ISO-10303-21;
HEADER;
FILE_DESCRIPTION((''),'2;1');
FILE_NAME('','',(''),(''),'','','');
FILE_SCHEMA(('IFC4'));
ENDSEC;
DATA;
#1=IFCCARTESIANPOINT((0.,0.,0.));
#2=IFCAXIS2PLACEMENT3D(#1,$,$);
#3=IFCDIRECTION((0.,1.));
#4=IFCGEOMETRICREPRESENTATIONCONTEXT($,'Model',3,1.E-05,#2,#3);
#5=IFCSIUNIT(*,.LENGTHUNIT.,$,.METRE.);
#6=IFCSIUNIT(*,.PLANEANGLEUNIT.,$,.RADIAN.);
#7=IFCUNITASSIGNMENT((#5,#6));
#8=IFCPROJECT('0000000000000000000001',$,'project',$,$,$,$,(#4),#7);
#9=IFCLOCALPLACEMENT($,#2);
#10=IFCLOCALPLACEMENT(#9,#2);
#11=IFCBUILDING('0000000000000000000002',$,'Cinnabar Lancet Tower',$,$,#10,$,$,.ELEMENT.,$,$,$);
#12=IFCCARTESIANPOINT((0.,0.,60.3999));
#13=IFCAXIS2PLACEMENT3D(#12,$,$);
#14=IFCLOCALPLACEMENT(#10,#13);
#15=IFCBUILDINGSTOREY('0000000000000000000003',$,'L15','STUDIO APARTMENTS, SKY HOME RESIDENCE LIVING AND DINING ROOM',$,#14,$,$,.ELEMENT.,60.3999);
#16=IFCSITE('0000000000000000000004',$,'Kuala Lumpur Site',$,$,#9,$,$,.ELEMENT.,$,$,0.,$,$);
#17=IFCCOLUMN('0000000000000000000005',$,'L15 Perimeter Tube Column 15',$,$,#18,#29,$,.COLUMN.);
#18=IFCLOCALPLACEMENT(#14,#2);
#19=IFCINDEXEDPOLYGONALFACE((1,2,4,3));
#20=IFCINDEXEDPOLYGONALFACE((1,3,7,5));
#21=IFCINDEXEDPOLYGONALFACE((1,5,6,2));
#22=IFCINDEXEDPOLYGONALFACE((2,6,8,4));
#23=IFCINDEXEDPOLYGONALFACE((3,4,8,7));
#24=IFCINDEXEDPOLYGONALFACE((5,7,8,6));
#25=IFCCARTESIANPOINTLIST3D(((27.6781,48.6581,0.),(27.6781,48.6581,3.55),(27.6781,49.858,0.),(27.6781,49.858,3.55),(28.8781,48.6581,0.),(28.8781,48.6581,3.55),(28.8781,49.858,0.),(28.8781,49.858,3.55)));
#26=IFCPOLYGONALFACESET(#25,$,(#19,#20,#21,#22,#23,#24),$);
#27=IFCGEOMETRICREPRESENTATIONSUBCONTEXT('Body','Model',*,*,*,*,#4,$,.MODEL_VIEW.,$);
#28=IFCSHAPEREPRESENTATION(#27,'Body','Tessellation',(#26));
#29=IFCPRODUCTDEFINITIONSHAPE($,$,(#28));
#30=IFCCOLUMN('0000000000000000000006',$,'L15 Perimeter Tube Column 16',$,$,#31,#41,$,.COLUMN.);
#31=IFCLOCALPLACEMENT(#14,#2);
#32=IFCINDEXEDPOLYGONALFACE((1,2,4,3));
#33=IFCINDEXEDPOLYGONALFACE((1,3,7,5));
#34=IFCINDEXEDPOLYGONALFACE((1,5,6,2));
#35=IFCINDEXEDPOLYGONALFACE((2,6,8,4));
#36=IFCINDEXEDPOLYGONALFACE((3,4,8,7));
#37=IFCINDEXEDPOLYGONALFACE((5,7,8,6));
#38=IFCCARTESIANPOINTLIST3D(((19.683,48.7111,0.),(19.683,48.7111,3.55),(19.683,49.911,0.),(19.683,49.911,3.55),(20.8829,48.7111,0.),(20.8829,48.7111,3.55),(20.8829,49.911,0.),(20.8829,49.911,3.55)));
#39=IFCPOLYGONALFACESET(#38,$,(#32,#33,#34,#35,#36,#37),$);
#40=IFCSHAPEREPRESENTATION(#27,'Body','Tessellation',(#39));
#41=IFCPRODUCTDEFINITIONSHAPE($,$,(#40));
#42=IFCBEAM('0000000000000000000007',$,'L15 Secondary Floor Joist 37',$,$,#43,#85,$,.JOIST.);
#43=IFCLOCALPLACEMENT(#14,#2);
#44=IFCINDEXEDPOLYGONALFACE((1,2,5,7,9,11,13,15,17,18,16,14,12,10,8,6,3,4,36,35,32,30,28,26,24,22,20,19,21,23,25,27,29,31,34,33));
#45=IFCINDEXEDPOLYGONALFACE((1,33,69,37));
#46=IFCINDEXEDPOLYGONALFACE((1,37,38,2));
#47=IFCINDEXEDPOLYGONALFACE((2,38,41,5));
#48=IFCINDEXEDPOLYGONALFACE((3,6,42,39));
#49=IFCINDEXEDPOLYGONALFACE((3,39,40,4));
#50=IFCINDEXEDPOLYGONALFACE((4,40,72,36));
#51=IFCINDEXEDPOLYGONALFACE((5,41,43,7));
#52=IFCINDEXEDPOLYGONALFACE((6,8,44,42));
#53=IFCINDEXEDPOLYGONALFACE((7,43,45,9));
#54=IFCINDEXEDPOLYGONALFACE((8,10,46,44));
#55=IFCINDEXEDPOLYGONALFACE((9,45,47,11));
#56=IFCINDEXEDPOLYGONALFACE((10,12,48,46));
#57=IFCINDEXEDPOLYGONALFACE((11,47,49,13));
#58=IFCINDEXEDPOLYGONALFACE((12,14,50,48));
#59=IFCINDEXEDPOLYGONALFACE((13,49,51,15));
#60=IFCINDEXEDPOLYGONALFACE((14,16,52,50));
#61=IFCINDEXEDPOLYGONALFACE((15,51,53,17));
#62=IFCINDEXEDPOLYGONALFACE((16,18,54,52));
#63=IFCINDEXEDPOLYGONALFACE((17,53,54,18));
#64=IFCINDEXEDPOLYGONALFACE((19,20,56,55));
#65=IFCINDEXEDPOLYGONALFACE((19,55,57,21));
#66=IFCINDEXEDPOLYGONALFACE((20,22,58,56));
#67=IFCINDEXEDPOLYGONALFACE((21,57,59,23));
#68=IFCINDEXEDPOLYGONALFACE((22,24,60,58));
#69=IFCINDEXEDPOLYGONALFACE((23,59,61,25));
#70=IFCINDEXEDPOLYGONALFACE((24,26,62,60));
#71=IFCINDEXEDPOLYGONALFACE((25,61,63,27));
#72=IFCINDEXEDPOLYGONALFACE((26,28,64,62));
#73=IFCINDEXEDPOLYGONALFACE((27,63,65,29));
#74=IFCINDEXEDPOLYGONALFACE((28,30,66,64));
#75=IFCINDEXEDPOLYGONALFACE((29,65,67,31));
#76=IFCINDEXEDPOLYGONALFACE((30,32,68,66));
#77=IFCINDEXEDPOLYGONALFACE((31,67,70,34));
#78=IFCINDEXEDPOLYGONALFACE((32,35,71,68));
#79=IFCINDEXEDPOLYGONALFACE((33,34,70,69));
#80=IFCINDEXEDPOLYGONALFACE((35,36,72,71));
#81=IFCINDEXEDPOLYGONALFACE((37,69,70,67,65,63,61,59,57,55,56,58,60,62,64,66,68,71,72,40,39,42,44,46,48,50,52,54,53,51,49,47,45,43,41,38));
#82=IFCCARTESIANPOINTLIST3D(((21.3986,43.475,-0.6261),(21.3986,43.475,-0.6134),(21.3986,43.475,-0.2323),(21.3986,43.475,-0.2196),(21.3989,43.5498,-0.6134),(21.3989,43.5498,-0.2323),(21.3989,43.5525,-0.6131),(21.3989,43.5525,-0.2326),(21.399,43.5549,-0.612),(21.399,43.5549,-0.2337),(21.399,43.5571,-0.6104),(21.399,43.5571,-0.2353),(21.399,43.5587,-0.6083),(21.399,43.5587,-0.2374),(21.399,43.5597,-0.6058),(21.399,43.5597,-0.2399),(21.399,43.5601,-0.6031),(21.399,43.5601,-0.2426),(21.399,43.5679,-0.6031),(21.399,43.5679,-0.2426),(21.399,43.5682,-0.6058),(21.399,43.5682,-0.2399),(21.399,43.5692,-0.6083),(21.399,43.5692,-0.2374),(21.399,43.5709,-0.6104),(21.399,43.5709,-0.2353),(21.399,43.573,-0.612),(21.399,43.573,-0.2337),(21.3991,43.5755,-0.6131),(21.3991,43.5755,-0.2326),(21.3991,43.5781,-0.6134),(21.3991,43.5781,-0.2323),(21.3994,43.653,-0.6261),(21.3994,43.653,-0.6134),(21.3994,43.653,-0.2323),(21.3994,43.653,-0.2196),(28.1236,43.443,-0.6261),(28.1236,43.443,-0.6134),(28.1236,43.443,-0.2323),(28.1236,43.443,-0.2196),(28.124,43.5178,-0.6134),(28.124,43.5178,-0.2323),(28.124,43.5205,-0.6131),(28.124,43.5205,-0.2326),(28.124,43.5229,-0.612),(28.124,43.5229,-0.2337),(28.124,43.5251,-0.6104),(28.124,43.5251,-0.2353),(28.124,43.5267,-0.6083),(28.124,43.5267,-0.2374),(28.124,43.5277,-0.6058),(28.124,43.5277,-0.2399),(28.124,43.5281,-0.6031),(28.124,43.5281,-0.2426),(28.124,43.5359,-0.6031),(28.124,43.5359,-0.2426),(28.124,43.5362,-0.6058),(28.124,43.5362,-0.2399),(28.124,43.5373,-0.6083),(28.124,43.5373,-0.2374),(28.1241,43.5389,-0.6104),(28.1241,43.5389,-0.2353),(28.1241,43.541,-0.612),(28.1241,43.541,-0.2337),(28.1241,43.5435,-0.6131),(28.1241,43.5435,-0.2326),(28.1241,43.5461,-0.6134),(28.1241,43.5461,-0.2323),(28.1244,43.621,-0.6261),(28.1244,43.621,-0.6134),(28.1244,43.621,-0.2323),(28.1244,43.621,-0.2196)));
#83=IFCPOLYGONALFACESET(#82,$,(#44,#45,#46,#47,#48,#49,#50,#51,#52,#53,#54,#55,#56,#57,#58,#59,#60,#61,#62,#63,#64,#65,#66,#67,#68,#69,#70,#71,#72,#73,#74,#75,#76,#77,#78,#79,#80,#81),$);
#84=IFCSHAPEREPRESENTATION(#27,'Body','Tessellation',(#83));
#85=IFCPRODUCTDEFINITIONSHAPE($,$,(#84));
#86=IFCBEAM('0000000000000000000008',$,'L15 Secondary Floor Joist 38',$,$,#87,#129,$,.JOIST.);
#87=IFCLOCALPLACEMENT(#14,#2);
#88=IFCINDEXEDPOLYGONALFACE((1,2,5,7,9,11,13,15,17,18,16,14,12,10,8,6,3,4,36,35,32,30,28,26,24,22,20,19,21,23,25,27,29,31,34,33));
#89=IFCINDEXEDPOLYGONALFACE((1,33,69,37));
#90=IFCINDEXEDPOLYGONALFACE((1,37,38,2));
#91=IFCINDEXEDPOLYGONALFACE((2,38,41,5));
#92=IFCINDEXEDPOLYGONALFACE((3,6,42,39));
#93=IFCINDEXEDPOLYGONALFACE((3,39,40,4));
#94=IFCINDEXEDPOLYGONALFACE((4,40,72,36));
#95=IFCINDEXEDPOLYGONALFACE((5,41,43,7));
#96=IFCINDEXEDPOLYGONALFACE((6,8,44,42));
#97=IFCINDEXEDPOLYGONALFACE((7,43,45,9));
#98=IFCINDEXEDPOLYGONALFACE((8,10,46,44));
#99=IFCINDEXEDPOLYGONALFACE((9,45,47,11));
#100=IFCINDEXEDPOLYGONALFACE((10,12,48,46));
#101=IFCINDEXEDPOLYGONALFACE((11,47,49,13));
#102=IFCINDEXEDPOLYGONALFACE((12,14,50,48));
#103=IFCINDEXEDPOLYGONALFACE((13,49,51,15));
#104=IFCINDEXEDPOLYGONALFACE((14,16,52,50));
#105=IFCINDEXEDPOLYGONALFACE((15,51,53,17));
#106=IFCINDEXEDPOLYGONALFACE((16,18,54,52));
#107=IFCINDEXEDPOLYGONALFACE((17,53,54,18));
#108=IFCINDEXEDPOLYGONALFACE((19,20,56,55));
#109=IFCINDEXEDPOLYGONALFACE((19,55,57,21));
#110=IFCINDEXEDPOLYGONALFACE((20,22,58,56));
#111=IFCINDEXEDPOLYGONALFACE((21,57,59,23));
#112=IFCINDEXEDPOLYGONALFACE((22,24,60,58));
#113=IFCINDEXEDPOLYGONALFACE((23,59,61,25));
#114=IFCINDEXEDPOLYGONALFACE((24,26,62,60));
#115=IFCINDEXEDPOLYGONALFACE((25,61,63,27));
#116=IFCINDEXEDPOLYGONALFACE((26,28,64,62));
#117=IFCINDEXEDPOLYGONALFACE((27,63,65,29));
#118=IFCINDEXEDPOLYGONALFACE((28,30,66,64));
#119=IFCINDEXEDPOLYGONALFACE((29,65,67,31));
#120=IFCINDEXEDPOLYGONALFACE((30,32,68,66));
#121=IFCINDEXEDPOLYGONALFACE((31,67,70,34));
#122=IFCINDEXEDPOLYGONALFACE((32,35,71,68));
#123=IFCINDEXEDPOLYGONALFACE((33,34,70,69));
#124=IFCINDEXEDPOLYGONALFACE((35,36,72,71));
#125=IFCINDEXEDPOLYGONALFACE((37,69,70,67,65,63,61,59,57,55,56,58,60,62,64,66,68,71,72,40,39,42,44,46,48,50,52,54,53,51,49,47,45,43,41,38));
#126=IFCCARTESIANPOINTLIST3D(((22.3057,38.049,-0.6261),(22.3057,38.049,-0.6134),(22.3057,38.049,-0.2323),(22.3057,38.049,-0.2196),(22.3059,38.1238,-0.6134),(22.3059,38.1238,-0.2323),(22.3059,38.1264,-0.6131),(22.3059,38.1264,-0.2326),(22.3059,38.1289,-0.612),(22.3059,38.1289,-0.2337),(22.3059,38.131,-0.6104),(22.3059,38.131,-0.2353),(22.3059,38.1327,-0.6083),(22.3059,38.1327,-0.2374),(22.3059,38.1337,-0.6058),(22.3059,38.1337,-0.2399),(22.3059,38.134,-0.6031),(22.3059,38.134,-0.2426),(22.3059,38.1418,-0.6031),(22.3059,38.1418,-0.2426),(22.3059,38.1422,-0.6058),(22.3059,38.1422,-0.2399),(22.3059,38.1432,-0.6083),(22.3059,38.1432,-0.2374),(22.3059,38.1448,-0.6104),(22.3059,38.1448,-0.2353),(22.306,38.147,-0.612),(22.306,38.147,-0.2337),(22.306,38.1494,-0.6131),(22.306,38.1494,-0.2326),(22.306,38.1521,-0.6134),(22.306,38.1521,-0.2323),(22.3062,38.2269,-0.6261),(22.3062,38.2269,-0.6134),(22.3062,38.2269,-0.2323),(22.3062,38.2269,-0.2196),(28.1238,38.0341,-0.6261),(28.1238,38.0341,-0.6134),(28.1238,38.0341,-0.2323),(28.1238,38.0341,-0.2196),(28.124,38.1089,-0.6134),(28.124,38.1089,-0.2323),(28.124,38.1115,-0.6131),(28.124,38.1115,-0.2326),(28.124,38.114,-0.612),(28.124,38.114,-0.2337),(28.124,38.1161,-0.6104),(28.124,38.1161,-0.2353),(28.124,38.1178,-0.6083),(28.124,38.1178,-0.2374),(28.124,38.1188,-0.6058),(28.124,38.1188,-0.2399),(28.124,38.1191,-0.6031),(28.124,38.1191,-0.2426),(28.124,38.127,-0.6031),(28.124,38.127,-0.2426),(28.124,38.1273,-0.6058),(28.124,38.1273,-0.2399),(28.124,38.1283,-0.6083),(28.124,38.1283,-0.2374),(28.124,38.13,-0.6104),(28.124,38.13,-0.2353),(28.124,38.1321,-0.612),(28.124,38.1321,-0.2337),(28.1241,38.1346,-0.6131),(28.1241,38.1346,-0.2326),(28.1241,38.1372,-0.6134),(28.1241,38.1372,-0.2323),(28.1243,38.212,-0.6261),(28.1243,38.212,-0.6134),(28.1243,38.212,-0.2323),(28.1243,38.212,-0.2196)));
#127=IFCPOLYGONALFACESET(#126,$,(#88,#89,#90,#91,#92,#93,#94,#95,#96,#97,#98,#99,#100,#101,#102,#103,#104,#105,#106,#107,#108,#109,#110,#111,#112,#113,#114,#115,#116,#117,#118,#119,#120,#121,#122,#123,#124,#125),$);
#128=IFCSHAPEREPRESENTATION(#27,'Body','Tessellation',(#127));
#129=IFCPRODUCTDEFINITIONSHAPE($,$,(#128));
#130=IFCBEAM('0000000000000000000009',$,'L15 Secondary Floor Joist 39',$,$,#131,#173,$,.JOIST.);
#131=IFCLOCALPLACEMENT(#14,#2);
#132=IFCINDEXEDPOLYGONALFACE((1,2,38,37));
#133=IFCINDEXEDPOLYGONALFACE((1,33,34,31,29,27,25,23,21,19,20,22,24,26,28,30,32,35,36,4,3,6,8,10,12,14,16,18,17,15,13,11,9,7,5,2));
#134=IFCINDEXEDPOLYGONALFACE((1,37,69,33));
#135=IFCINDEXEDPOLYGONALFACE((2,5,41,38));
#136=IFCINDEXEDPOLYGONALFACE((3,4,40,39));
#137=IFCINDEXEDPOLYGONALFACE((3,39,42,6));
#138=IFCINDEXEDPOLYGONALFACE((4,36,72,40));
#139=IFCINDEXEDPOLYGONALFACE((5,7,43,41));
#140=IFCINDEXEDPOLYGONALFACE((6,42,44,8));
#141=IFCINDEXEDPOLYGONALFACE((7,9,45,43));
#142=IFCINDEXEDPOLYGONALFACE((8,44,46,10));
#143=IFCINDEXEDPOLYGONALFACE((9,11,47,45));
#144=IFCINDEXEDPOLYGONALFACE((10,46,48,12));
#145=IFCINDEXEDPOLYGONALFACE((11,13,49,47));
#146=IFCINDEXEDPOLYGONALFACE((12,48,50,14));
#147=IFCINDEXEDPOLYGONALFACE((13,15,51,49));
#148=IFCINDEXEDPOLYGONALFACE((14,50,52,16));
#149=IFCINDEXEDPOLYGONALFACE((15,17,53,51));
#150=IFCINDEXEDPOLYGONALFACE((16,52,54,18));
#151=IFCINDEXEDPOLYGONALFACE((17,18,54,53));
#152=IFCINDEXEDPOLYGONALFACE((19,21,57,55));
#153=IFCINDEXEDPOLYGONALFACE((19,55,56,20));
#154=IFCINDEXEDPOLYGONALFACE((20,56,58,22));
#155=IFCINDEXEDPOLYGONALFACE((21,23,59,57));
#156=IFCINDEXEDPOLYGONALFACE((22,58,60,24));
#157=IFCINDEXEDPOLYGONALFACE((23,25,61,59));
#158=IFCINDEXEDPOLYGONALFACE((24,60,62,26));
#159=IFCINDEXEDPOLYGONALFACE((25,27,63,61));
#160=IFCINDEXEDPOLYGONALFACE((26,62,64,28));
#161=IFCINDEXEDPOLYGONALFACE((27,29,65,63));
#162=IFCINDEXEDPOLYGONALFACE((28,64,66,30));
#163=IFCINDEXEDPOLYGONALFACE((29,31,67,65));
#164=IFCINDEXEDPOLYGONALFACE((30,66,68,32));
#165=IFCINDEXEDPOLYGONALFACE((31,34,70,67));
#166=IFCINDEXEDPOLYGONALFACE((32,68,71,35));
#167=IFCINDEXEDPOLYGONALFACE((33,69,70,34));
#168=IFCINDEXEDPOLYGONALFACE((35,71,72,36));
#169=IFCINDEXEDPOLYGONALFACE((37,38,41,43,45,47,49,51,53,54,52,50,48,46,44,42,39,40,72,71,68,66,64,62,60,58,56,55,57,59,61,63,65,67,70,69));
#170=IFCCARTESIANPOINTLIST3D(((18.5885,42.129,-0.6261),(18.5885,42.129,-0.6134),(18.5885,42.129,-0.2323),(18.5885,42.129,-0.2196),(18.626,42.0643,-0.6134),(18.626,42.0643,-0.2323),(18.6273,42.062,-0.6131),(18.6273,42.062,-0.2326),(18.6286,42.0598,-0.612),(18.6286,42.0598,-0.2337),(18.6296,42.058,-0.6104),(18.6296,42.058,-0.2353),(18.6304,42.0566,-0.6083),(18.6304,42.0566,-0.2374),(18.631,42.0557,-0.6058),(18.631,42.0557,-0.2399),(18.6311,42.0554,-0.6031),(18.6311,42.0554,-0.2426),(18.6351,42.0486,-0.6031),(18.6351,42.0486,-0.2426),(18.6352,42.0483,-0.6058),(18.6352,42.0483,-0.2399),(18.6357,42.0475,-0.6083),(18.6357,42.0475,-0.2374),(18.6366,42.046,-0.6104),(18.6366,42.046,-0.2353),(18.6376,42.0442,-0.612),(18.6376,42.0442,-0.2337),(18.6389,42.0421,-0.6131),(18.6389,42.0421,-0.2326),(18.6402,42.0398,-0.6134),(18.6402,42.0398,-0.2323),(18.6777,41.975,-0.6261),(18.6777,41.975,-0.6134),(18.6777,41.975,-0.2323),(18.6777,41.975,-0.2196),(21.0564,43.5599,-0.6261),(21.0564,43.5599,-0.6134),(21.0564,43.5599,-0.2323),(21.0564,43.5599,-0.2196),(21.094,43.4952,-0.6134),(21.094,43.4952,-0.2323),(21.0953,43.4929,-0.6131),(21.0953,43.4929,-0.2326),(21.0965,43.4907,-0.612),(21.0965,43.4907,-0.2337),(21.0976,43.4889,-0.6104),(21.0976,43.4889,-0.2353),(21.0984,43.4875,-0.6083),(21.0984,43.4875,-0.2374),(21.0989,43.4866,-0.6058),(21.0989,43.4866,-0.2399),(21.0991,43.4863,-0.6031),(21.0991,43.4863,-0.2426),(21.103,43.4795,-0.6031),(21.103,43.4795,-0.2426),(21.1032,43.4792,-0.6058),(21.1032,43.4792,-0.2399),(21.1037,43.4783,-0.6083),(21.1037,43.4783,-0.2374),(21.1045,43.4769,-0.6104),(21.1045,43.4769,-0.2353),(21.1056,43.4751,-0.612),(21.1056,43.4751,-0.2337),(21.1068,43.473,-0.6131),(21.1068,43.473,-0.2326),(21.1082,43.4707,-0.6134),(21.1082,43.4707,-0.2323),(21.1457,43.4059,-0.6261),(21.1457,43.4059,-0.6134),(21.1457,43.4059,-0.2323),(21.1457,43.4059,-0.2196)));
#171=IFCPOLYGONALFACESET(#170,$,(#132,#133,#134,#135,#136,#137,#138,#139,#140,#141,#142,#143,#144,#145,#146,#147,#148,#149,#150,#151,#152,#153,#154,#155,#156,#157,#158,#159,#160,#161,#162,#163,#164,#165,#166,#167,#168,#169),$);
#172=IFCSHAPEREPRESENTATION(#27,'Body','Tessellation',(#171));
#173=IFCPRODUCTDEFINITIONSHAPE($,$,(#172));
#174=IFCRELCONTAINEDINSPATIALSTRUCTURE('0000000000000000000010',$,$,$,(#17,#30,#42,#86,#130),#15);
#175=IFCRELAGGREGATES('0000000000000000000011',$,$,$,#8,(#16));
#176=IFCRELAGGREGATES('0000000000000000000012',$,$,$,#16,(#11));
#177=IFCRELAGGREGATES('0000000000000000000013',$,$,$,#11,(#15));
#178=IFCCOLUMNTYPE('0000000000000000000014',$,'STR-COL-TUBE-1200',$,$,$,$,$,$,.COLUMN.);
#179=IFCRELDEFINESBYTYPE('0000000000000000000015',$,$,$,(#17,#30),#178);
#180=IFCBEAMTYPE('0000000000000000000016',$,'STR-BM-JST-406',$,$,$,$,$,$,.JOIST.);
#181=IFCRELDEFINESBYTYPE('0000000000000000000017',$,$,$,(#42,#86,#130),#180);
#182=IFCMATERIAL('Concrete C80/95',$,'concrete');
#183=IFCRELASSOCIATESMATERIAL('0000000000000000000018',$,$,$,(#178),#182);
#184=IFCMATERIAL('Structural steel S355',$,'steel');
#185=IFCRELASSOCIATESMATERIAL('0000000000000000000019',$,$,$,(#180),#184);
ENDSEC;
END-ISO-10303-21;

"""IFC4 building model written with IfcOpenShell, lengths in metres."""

from ifc_helpers import new_model, si_unit, direction, frame, origin, origin_2d, place, context, subcontext, project, spatial, rectangle, i_section, extrude, material, material_profile, profile_set, type_object, element, save


model = new_model("IFC4")

# Units and contexts
model_context = context("Model", 3, precision=1e-05, world=origin(), true_north=direction((0.0, 1.0)))
body_context = subcontext(model_context, "Body", "Model", "MODEL_VIEW")
ifc_project = project(units=[si_unit("LENGTHUNIT", "METRE"), si_unit("PLANEANGLEUNIT", "RADIAN")], contexts=[model_context])

# Site, building, storey
site_placement = place(None, origin())
site = spatial("IfcSite", under=ifc_project, at=site_placement, Name="Kuala Lumpur Site", CompositionType="ELEMENT", RefElevation=0.0)
building_placement = place(site_placement, origin())
building = spatial("IfcBuilding", under=site, at=building_placement, Name="Cinnabar Lancet Tower", CompositionType="ELEMENT")
storey_placement = place(building_placement, frame((0.0, 0.0, 60.3999)))
storey = spatial("IfcBuildingStorey", under=building, at=storey_placement, Name="L15", Description="STUDIO APARTMENTS, SKY HOME RESIDENCE LIVING AND DINING ROOM", CompositionType="ELEMENT", Elevation=60.3999)

# Columns
ifc_material_1 = material(Name="Concrete C80/95", Category="concrete")
ifc_material_profile_1 = material_profile(ifc_material_1, rectangle(XDim=1.2, YDim=1.2, at=origin_2d()), Name="RC-COL 1200x1200")
ifc_profile_set_1 = profile_set([ifc_material_profile_1], Name="Concrete C80/95")
column_type = type_object("IfcColumnType", Name="STR-COL-TUBE-1200", PredefinedType="COLUMN", material=ifc_profile_set_1)
for number, where, z_axis, x_axis, name in (
    (1, (28.2781, 49.2581, 0.0), (0.0, 0.0, 1.0), (1.0, 0.0, 0.0), "L15 Perimeter Tube Column 15"),
    (2, (20.283, 49.311, 0.0), (0.0, 0.0, 1.0), (1.0, 0.0, 0.0), "L15 Perimeter Tube Column 16"),
):
    element("IfcColumn", number, at=place(storey_placement, frame(where, z_axis=z_axis, x_axis=x_axis)), inside=storey, type_object=column_type, Name=name, PredefinedType="COLUMN", context=body_context, shape_type="SweptSolid", body=[
        extrude(rectangle(XDim=1.2, YDim=1.2, at=origin_2d()), origin(), (0.0, 0.0, 1.0), 3.55),
    ])

# Beams
ifc_material_2 = material(Name="Structural steel S355", Category="steel")
ifc_material_profile_2 = material_profile(ifc_material_2, i_section(OverallWidth=0.178, OverallDepth=0.4065, WebThickness=0.0078, FlangeThickness=0.0127, FilletRadius=0.0103, at=origin_2d()), Name="UKB 406x178x60")
ifc_profile_set_2 = profile_set([ifc_material_profile_2], Name="Structural steel S355")
beam_type_1 = type_object("IfcBeamType", Name="STR-BM-JST-406", PredefinedType="JOIST", material=ifc_profile_set_2)
beam_1_placement = place(storey_placement, frame((28.124, 43.532, -0.4229), z_axis=(-0.999989, 0.004756, 0.0), x_axis=(-0.004756, -0.999989, 0.0)))
element("IfcBeam", 3, at=beam_1_placement, inside=storey, type_object=beam_type_1, Name="L15 Secondary Floor Joist 37", PredefinedType="JOIST", context=body_context, shape_type="SweptSolid", body=[
    extrude(i_section(OverallWidth=0.178, OverallDepth=0.4065, WebThickness=0.0078, FlangeThickness=0.0127, FilletRadius=0.0103, at=origin_2d()), origin(), (0.0, 0.0, 1.0), 6.7251),
])
beam_2_placement = place(storey_placement, frame((28.124, 38.123, -0.4229), z_axis=(-0.999997, 0.00256, 0.0), x_axis=(-0.00256, -0.999997, 0.0)))
element("IfcBeam", 4, at=beam_2_placement, inside=storey, type_object=beam_type_1, Name="L15 Secondary Floor Joist 38", PredefinedType="JOIST", context=body_context, shape_type="SweptSolid", body=[
    extrude(i_section(OverallWidth=0.178, OverallDepth=0.4065, WebThickness=0.0078, FlangeThickness=0.0127, FilletRadius=0.0103, at=origin_2d()), origin(), (0.0, 0.0, 1.0), 5.8181),
])
beam_3_placement = place(storey_placement, frame((21.1011, 43.4829, -0.4229), z_axis=(-0.865114, -0.501576, 0.0), x_axis=(0.501576, -0.865114, 0.0)))
element("IfcBeam", 5, at=beam_3_placement, inside=storey, type_object=beam_type_1, Name="L15 Secondary Floor Joist 39", PredefinedType="JOIST", context=body_context, shape_type="SweptSolid", body=[
    extrude(i_section(OverallWidth=0.178, OverallDepth=0.4065, WebThickness=0.0078, FlangeThickness=0.0127, FilletRadius=0.0103, at=origin_2d()), origin(), (0.0, 0.0, 1.0), 2.8528),
])

save(model, "model.ifc")
